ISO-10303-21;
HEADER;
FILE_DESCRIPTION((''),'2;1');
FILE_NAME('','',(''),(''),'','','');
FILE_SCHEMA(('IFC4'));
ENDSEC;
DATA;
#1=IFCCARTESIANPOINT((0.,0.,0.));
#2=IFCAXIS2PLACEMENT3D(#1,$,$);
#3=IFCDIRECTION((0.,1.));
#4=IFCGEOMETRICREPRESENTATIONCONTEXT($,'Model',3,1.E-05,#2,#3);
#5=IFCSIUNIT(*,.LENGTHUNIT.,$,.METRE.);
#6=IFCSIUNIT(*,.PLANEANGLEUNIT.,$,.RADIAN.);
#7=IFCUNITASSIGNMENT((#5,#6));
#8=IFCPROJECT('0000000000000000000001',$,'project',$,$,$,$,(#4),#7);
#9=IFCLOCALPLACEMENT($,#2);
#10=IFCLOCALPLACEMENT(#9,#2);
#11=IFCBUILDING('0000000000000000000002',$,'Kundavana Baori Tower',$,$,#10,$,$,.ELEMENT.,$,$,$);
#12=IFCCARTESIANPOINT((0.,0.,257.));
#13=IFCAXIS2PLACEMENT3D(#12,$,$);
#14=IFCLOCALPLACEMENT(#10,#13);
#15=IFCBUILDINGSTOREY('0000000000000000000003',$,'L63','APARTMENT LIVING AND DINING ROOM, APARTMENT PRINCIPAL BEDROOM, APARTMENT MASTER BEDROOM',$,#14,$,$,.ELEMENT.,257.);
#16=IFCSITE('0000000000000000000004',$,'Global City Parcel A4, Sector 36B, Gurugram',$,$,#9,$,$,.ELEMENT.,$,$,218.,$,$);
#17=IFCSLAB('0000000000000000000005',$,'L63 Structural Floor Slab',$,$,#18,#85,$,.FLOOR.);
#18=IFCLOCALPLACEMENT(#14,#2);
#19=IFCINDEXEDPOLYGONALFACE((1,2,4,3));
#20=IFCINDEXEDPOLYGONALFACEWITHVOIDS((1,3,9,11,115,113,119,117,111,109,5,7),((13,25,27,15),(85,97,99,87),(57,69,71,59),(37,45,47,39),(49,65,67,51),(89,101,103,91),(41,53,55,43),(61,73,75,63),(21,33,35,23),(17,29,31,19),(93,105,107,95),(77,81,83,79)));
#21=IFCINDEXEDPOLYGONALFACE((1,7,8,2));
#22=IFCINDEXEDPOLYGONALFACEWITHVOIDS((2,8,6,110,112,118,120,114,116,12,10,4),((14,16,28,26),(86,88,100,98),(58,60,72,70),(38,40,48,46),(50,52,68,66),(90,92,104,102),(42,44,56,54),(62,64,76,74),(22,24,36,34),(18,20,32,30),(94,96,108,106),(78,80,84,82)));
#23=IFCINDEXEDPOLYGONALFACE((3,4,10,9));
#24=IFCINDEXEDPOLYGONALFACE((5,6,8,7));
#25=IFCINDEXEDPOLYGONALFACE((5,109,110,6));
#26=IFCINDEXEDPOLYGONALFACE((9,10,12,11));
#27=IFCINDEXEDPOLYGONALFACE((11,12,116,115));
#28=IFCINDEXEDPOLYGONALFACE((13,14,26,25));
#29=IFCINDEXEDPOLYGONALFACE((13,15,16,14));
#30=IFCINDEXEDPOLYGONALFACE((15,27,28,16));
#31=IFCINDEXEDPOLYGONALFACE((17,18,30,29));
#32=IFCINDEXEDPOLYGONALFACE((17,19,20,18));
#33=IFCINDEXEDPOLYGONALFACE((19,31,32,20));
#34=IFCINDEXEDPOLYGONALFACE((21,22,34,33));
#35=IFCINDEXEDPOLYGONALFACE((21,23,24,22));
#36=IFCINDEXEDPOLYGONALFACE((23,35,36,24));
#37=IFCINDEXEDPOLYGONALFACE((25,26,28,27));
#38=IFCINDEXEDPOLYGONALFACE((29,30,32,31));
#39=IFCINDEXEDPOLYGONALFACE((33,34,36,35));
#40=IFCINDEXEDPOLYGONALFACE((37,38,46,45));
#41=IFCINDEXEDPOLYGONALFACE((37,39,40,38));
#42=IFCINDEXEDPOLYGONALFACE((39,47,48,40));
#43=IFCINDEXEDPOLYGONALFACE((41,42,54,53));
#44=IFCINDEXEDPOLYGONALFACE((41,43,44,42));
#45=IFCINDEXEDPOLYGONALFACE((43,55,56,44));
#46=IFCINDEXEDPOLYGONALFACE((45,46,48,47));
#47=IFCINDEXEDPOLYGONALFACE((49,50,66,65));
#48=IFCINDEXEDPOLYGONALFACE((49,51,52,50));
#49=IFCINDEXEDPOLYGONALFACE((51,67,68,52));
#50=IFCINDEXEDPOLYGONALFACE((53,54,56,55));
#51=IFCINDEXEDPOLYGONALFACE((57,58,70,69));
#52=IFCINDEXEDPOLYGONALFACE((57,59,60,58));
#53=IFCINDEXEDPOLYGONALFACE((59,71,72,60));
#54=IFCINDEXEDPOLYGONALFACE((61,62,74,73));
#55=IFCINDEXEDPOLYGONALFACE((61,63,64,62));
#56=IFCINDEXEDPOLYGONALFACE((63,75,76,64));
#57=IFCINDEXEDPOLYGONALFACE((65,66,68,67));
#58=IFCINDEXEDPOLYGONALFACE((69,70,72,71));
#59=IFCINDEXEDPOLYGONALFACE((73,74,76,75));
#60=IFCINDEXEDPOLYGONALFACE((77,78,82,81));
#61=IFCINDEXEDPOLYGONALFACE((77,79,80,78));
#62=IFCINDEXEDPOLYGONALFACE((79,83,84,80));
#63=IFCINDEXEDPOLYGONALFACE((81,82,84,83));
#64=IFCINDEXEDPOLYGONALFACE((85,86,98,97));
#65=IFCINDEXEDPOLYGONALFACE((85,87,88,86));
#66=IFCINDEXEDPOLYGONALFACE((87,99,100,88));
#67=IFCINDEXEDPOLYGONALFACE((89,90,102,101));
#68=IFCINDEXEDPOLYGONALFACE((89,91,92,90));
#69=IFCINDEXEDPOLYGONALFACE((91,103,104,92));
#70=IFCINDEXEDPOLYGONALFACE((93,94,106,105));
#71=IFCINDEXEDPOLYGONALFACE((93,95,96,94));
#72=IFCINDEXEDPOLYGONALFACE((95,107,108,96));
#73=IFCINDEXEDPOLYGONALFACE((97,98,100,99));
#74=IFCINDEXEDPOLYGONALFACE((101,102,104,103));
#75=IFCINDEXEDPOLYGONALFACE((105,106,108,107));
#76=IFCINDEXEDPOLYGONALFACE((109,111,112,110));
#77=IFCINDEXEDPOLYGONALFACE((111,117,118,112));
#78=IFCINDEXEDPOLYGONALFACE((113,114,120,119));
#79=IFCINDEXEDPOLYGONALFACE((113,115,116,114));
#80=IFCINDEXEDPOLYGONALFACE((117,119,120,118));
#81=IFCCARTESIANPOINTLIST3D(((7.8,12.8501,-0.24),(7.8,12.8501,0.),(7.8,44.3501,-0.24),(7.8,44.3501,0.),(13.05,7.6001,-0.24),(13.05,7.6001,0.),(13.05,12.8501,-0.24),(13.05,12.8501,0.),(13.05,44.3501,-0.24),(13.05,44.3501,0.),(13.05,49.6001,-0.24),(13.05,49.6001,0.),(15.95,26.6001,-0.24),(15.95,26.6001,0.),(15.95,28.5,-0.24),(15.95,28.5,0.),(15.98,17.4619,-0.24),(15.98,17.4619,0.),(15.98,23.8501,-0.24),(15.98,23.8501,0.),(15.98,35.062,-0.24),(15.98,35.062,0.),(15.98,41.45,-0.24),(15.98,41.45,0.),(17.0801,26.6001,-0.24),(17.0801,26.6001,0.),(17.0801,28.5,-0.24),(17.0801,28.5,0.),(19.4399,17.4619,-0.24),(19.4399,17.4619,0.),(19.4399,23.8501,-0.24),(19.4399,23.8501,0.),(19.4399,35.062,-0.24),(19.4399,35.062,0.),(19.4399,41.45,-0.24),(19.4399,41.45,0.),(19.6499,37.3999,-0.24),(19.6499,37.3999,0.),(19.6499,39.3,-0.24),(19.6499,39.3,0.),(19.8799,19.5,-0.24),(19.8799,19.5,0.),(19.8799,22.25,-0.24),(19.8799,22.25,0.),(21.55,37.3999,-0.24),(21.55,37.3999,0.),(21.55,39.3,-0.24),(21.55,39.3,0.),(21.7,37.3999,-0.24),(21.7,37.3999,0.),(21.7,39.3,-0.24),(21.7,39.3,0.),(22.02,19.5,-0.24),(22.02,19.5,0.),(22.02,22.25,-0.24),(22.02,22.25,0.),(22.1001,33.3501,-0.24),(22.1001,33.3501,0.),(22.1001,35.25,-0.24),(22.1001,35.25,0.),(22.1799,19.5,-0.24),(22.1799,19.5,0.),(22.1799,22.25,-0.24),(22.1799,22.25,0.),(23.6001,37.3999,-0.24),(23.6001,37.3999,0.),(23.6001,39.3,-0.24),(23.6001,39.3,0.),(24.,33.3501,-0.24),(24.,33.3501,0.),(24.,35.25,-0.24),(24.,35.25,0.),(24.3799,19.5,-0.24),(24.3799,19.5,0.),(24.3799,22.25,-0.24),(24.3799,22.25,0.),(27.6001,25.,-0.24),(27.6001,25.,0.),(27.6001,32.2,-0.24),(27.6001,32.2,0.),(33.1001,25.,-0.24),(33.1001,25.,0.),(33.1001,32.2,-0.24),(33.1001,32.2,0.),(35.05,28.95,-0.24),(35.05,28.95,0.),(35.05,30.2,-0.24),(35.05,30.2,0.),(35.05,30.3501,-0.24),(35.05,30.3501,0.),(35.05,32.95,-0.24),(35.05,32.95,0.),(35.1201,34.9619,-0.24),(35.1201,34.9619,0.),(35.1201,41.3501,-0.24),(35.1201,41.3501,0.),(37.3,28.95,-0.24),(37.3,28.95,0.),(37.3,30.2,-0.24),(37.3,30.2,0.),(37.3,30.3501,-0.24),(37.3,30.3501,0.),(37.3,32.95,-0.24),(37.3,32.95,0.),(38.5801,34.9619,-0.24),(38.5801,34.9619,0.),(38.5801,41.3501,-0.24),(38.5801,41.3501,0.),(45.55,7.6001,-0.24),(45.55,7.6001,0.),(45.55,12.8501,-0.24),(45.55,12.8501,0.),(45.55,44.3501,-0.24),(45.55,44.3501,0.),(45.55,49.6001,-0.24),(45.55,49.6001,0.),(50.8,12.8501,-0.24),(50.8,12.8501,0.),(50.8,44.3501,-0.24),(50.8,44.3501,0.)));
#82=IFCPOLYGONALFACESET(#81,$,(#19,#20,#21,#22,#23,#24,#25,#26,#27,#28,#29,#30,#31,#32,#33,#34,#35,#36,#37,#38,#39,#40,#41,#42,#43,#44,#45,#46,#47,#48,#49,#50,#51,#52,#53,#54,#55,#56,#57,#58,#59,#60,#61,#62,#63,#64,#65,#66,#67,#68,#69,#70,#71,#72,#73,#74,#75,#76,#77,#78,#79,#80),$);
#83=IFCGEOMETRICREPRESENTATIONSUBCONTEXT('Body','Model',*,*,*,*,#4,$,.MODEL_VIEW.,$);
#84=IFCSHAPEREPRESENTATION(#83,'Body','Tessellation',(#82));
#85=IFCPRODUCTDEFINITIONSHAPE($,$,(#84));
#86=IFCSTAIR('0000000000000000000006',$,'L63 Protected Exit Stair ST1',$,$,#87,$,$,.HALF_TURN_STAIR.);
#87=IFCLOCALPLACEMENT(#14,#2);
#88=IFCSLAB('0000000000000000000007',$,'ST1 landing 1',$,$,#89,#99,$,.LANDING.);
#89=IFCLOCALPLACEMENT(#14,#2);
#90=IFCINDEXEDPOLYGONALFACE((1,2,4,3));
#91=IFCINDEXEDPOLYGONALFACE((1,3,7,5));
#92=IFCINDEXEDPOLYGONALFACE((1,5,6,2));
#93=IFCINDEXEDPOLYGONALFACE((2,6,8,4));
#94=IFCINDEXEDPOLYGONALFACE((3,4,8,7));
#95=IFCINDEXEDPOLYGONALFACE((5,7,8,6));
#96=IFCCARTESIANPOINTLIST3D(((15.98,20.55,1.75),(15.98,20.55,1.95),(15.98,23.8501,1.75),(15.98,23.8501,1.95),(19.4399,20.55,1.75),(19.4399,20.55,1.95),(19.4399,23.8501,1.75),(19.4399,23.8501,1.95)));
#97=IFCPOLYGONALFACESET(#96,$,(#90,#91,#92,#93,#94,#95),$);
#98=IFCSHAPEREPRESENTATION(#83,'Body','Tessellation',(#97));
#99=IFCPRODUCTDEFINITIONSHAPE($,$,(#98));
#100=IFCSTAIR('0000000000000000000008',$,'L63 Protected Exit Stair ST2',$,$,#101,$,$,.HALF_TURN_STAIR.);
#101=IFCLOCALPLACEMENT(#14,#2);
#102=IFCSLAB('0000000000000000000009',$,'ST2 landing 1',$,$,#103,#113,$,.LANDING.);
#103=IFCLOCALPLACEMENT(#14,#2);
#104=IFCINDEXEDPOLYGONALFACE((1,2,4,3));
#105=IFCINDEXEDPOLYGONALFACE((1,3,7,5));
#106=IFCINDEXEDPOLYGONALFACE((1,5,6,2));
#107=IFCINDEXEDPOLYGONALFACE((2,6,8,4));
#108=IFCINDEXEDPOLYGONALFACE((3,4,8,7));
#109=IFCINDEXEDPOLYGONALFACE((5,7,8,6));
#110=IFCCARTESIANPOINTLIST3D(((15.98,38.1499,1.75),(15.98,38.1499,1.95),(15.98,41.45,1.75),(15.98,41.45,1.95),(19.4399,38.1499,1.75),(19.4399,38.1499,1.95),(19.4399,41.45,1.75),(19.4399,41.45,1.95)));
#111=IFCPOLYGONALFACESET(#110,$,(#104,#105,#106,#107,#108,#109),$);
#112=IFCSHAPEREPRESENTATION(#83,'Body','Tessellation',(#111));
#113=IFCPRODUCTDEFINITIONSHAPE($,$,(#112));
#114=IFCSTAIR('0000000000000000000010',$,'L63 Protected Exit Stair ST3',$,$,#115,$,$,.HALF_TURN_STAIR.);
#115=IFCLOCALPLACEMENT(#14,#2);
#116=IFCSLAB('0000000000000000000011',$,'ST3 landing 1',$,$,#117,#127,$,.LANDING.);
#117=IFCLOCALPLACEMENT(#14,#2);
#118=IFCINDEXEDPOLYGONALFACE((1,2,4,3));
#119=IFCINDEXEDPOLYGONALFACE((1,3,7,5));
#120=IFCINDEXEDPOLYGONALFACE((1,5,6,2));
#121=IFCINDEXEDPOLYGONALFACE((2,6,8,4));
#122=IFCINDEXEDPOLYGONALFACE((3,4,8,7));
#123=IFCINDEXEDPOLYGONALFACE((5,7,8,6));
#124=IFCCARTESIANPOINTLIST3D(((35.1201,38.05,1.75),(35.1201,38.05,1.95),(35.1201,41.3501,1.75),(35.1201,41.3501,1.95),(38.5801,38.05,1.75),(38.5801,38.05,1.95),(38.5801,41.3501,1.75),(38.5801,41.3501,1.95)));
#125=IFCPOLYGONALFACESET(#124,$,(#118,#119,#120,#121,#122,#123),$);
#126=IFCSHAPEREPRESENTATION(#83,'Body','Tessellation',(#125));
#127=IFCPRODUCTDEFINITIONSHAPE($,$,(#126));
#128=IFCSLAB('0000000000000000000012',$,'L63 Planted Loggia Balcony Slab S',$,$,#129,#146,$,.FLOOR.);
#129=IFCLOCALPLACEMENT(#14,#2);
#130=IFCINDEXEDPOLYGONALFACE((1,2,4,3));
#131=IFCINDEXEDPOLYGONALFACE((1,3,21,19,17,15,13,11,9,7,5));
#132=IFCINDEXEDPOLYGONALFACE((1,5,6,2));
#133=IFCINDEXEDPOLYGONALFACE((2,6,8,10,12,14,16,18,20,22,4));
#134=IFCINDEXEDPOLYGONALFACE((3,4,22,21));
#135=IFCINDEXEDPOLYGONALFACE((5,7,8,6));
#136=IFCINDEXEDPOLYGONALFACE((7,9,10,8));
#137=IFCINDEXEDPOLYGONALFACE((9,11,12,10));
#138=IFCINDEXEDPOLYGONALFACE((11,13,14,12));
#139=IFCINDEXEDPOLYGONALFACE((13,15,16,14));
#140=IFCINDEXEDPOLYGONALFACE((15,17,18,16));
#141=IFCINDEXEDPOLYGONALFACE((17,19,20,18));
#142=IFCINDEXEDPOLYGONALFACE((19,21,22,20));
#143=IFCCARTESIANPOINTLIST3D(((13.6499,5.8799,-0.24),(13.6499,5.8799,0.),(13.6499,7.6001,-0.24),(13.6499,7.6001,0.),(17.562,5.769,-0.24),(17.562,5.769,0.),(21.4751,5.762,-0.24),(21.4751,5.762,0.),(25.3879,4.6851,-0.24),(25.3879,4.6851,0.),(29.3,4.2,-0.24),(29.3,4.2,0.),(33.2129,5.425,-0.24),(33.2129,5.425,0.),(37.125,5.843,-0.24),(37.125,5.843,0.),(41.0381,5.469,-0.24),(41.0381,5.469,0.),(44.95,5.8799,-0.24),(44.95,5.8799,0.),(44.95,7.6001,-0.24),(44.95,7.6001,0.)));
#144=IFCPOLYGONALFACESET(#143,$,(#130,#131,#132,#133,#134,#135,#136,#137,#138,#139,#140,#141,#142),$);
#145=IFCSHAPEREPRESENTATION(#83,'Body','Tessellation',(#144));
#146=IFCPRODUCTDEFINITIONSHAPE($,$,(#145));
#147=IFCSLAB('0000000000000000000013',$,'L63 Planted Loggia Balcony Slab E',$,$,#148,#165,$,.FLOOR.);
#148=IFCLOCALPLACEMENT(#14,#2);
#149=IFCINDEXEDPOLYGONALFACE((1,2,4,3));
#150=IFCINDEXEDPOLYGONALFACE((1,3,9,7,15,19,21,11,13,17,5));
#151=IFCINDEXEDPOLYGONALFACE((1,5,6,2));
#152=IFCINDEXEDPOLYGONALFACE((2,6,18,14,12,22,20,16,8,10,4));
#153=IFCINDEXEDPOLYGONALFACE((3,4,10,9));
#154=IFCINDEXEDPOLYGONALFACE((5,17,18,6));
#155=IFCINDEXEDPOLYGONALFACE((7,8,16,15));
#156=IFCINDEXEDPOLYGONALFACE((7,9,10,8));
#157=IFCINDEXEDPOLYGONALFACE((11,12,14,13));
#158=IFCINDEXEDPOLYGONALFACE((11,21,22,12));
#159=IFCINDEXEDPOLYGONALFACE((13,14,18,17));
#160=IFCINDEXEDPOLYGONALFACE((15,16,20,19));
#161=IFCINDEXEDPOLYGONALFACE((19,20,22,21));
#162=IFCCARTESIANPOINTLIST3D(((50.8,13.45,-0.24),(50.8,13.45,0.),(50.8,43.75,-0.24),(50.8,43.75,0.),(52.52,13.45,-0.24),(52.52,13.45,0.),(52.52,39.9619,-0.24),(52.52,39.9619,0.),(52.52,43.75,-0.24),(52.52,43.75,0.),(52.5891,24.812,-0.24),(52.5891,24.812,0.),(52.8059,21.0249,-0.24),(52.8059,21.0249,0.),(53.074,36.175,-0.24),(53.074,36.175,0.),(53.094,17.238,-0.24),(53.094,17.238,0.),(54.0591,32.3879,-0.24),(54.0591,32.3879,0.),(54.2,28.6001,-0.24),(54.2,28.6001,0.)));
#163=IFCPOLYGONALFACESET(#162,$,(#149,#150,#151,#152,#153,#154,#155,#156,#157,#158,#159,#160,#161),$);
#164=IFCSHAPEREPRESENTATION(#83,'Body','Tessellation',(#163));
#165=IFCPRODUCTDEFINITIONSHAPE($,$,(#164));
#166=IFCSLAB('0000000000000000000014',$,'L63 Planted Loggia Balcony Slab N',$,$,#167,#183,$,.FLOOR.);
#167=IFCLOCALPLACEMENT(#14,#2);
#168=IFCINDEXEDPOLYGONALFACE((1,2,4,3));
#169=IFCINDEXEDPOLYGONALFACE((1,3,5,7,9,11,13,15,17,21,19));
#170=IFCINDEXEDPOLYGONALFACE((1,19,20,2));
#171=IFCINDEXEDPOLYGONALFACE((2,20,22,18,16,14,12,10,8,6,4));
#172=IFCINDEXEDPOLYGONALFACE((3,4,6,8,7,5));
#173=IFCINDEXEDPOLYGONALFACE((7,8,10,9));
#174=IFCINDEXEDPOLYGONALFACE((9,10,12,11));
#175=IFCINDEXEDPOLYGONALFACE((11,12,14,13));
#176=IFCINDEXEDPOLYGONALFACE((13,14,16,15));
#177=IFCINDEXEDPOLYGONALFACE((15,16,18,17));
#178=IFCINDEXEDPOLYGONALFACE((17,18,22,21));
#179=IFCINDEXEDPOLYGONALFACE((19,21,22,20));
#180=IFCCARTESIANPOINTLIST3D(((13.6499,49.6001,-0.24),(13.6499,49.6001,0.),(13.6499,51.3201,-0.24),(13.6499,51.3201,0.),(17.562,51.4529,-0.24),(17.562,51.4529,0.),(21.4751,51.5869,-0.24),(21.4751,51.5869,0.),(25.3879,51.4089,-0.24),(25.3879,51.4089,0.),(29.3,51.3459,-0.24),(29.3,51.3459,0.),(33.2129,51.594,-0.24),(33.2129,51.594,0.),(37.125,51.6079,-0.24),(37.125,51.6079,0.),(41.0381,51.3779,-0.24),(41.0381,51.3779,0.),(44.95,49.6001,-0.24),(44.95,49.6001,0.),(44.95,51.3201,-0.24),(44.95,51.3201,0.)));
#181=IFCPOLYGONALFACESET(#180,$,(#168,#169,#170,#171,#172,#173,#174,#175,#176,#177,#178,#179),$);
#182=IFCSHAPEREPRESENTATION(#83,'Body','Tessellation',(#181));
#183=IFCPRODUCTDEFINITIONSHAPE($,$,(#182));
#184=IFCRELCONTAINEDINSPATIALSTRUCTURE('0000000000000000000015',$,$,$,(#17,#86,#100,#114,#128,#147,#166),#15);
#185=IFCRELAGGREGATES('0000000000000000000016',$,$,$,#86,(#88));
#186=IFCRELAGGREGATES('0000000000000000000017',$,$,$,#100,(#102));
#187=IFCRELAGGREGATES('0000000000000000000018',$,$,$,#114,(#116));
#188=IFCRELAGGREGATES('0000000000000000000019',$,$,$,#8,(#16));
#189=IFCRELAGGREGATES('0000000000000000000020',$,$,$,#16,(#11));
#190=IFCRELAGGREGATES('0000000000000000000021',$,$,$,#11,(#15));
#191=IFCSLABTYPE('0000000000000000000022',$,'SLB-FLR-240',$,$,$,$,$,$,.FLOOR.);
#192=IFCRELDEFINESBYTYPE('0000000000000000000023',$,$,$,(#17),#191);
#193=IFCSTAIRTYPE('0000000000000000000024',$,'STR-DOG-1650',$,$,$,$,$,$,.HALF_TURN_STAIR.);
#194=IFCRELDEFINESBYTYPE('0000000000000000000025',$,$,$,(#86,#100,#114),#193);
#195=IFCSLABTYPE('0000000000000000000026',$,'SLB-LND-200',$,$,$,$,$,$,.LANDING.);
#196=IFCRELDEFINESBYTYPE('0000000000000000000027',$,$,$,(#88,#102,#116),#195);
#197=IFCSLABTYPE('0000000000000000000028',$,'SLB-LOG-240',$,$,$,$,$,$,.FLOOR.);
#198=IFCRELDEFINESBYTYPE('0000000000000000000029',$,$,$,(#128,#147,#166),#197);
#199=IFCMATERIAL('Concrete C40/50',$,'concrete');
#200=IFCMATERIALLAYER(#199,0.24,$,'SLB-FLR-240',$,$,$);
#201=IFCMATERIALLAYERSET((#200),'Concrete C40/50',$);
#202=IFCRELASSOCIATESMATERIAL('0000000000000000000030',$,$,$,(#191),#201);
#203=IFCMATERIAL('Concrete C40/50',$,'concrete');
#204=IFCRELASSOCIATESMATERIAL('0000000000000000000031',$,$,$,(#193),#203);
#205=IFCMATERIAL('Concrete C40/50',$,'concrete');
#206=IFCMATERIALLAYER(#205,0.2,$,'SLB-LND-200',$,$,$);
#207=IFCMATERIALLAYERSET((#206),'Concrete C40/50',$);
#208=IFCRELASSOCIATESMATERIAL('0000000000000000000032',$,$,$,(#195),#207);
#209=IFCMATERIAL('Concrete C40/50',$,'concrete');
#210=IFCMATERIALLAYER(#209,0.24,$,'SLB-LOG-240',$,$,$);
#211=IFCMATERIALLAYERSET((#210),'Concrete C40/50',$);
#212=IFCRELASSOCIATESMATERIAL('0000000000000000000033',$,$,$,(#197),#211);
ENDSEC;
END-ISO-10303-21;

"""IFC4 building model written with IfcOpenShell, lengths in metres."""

from ifc_helpers import new_model, si_unit, direction, frame, origin, place, context, subcontext, project, spatial, polyline, outline, extrude, material, layer, layer_set, type_object, element, aggregate, save


model = new_model("IFC4")

# Units and contexts
model_context = context("Model", 3, precision=1e-05, world=origin(), true_north=direction((0.0, 1.0)))
body_context = subcontext(model_context, "Body", "Model", "MODEL_VIEW")
ifc_project = project(units=[si_unit("LENGTHUNIT", "METRE"), si_unit("PLANEANGLEUNIT", "RADIAN")], contexts=[model_context])

# Site, building, storey
site_placement = place(None, origin())
site = spatial("IfcSite", under=ifc_project, at=site_placement, Name="Global City Parcel A4, Sector 36B, Gurugram", CompositionType="ELEMENT", RefElevation=218.0)
building_placement = place(site_placement, origin())
building = spatial("IfcBuilding", under=site, at=building_placement, Name="Kundavana Baori Tower", CompositionType="ELEMENT")
storey_placement = place(building_placement, frame((0.0, 0.0, 257.0)))
storey = spatial("IfcBuildingStorey", under=building, at=storey_placement, Name="L63", Description="APARTMENT LIVING AND DINING ROOM, APARTMENT PRINCIPAL BEDROOM, APARTMENT MASTER BEDROOM", CompositionType="ELEMENT", Elevation=257.0)

# Slab
ifc_material_1 = material(Name="Concrete C40/50", Category="concrete")
ifc_layer_1 = layer(ifc_material_1, 0.24, Name="SLB-FLR-240")
ifc_layer_set_1 = layer_set([ifc_layer_1], Name="Concrete C40/50")
slab_type_1 = type_object("IfcSlabType", Name="SLB-FLR-240", PredefinedType="FLOOR", material=ifc_layer_set_1)
slab_1_placement = place(storey_placement, frame((0.0, 0.0, -0.24)))
element("IfcSlab", 1, at=slab_1_placement, inside=storey, type_object=slab_type_1, Name="L63 Structural Floor Slab", PredefinedType="FLOOR", context=body_context, shape_type="SweptSolid", body=[
    extrude(outline(polyline([(13.05, 7.6001), (45.55, 7.6001), (45.55, 12.8501), (50.8, 12.8501), (50.8, 44.3501), (45.55, 44.3501), (45.55, 49.6001), (13.05, 49.6001), (13.05, 44.3501), (7.8, 44.3501), (7.8, 12.8501), (13.05, 12.8501), (13.05, 7.6001)]), holes=[polyline([(19.4399, 17.4619), (19.4399, 23.8501), (15.98, 23.8501), (15.98, 17.4619), (19.4399, 17.4619)]), polyline([(19.4399, 35.062), (19.4399, 41.45), (15.98, 41.45), (15.98, 35.062), (19.4399, 35.062)]), polyline([(38.5801, 34.9619), (38.5801, 41.3501), (35.1201, 41.3501), (35.1201, 34.9619), (38.5801, 34.9619)]), polyline([(19.6499, 37.3999), (21.55, 37.3999), (21.55, 39.3), (19.6499, 39.3), (19.6499, 37.3999)]), polyline([(21.7, 37.3999), (23.6001, 37.3999), (23.6001, 39.3), (21.7, 39.3), (21.7, 37.3999)]), polyline([(22.1001, 33.3501), (24.0, 33.3501), (24.0, 35.25), (22.1001, 35.25), (22.1001, 33.3501)]), polyline([(19.8799, 19.5), (22.02, 19.5), (22.02, 22.25), (19.8799, 22.25), (19.8799, 19.5)]), polyline([(22.1799, 19.5), (24.3799, 19.5), (24.3799, 22.25), (22.1799, 22.25), (22.1799, 19.5)]), polyline([(35.05, 30.3501), (37.3, 30.3501), (37.3, 32.95), (35.05, 32.95), (35.05, 30.3501)]), polyline([(15.95, 26.6001), (17.0801, 26.6001), (17.0801, 28.5), (15.95, 28.5), (15.95, 26.6001)]), polyline([(35.05, 28.95), (37.3, 28.95), (37.3, 30.2), (35.05, 30.2), (35.05, 28.95)]), polyline([(27.6001, 25.0), (33.1001, 25.0), (33.1001, 32.2), (27.6001, 32.2), (27.6001, 25.0)])]), origin(), (0.0, 0.0, 1.0), 0.24),
])

# Stairs, slabs
ifc_material_2 = material(Name="Concrete C40/50", Category="concrete")
stair_type = type_object("IfcStairType", Name="STR-DOG-1650", PredefinedType="HALF_TURN_STAIR", material=ifc_material_2)
stair_1_placement = place(storey_placement, origin())
stair_1 = element("IfcStair", 2, at=stair_1_placement, inside=storey, type_object=stair_type, Name="L63 Protected Exit Stair ST1", PredefinedType="HALF_TURN_STAIR")
ifc_material_3 = material(Name="Concrete C40/50", Category="concrete")
ifc_layer_2 = layer(ifc_material_3, 0.2, Name="SLB-LND-200")
ifc_layer_set_2 = layer_set([ifc_layer_2], Name="Concrete C40/50")
slab_type_2 = type_object("IfcSlabType", Name="SLB-LND-200", PredefinedType="LANDING", material=ifc_layer_set_2)
slab_2_placement = place(storey_placement, frame((0.0, 0.0, 1.75)))
slab_2 = element("IfcSlab", 3, at=slab_2_placement, type_object=slab_type_2, Name="ST1 landing 1", PredefinedType="LANDING", context=body_context, shape_type="SweptSolid", body=[
    extrude(outline(polyline([(19.4399, 20.55), (19.4399, 23.8501), (15.98, 23.8501), (15.98, 20.55), (19.4399, 20.55)])), origin(), (0.0, 0.0, 1.0), 0.2),
])
aggregate(stair_1, [slab_2])
stair_2_placement = place(storey_placement, origin())
stair_2 = element("IfcStair", 4, at=stair_2_placement, inside=storey, type_object=stair_type, Name="L63 Protected Exit Stair ST2", PredefinedType="HALF_TURN_STAIR")
slab_3_placement = place(storey_placement, frame((0.0, 0.0, 1.75)))
slab_3 = element("IfcSlab", 5, at=slab_3_placement, type_object=slab_type_2, Name="ST2 landing 1", PredefinedType="LANDING", context=body_context, shape_type="SweptSolid", body=[
    extrude(outline(polyline([(19.4399, 38.1499), (19.4399, 41.45), (15.98, 41.45), (15.98, 38.1499), (19.4399, 38.1499)])), origin(), (0.0, 0.0, 1.0), 0.2),
])
aggregate(stair_2, [slab_3])
stair_3_placement = place(storey_placement, origin())
stair_3 = element("IfcStair", 6, at=stair_3_placement, inside=storey, type_object=stair_type, Name="L63 Protected Exit Stair ST3", PredefinedType="HALF_TURN_STAIR")
slab_4_placement = place(storey_placement, frame((0.0, 0.0, 1.75)))
slab_4 = element("IfcSlab", 7, at=slab_4_placement, type_object=slab_type_2, Name="ST3 landing 1", PredefinedType="LANDING", context=body_context, shape_type="SweptSolid", body=[
    extrude(outline(polyline([(38.5801, 38.05), (38.5801, 41.3501), (35.1201, 41.3501), (35.1201, 38.05), (38.5801, 38.05)])), origin(), (0.0, 0.0, 1.0), 0.2),
])
aggregate(stair_3, [slab_4])

# Slabs
ifc_material_4 = material(Name="Concrete C40/50", Category="concrete")
ifc_layer_3 = layer(ifc_material_4, 0.24, Name="SLB-LOG-240")
ifc_layer_set_3 = layer_set([ifc_layer_3], Name="Concrete C40/50")
slab_type_3 = type_object("IfcSlabType", Name="SLB-LOG-240", PredefinedType="FLOOR", material=ifc_layer_set_3)
slab_5_placement = place(storey_placement, frame((0.0, 0.0, -0.24)))
element("IfcSlab", 8, at=slab_5_placement, inside=storey, type_object=slab_type_3, Name="L63 Planted Loggia Balcony Slab S", PredefinedType="FLOOR", context=body_context, shape_type="SweptSolid", body=[
    extrude(outline(polyline([(13.6499, 7.6001), (44.95, 7.6001), (44.95, 5.8799), (41.0381, 5.469), (37.125, 5.843), (33.2129, 5.425), (29.3, 4.2), (25.3879, 4.6851), (21.4751, 5.762), (17.562, 5.769), (13.6499, 5.8799), (13.6499, 7.6001)])), origin(), (0.0, 0.0, 1.0), 0.24),
])
slab_6_placement = place(storey_placement, frame((0.0, 0.0, -0.24)))
element("IfcSlab", 9, at=slab_6_placement, inside=storey, type_object=slab_type_3, Name="L63 Planted Loggia Balcony Slab E", PredefinedType="FLOOR", context=body_context, shape_type="SweptSolid", body=[
    extrude(outline(polyline([(50.8, 13.45), (50.8, 43.75), (52.52, 43.75), (52.52, 39.9619), (53.074, 36.175), (54.0591, 32.3879), (54.2, 28.6001), (52.5891, 24.812), (52.8059, 21.0249), (53.094, 17.238), (52.52, 13.45), (50.8, 13.45)])), origin(), (0.0, 0.0, 1.0), 0.24),
])
slab_7_placement = place(storey_placement, frame((0.0, 0.0, -0.24)))
element("IfcSlab", 10, at=slab_7_placement, inside=storey, type_object=slab_type_3, Name="L63 Planted Loggia Balcony Slab N", PredefinedType="FLOOR", context=body_context, shape_type="SweptSolid", body=[
    extrude(outline(polyline([(44.95, 49.6001), (13.6499, 49.6001), (13.6499, 51.3201), (17.562, 51.4529), (21.4751, 51.5869), (25.3879, 51.4089), (29.3, 51.3459), (33.2129, 51.594), (37.125, 51.6079), (41.0381, 51.3779), (44.95, 51.3201), (44.95, 49.6001)])), origin(), (0.0, 0.0, 1.0), 0.24),
])

save(model, "model.ifc")
